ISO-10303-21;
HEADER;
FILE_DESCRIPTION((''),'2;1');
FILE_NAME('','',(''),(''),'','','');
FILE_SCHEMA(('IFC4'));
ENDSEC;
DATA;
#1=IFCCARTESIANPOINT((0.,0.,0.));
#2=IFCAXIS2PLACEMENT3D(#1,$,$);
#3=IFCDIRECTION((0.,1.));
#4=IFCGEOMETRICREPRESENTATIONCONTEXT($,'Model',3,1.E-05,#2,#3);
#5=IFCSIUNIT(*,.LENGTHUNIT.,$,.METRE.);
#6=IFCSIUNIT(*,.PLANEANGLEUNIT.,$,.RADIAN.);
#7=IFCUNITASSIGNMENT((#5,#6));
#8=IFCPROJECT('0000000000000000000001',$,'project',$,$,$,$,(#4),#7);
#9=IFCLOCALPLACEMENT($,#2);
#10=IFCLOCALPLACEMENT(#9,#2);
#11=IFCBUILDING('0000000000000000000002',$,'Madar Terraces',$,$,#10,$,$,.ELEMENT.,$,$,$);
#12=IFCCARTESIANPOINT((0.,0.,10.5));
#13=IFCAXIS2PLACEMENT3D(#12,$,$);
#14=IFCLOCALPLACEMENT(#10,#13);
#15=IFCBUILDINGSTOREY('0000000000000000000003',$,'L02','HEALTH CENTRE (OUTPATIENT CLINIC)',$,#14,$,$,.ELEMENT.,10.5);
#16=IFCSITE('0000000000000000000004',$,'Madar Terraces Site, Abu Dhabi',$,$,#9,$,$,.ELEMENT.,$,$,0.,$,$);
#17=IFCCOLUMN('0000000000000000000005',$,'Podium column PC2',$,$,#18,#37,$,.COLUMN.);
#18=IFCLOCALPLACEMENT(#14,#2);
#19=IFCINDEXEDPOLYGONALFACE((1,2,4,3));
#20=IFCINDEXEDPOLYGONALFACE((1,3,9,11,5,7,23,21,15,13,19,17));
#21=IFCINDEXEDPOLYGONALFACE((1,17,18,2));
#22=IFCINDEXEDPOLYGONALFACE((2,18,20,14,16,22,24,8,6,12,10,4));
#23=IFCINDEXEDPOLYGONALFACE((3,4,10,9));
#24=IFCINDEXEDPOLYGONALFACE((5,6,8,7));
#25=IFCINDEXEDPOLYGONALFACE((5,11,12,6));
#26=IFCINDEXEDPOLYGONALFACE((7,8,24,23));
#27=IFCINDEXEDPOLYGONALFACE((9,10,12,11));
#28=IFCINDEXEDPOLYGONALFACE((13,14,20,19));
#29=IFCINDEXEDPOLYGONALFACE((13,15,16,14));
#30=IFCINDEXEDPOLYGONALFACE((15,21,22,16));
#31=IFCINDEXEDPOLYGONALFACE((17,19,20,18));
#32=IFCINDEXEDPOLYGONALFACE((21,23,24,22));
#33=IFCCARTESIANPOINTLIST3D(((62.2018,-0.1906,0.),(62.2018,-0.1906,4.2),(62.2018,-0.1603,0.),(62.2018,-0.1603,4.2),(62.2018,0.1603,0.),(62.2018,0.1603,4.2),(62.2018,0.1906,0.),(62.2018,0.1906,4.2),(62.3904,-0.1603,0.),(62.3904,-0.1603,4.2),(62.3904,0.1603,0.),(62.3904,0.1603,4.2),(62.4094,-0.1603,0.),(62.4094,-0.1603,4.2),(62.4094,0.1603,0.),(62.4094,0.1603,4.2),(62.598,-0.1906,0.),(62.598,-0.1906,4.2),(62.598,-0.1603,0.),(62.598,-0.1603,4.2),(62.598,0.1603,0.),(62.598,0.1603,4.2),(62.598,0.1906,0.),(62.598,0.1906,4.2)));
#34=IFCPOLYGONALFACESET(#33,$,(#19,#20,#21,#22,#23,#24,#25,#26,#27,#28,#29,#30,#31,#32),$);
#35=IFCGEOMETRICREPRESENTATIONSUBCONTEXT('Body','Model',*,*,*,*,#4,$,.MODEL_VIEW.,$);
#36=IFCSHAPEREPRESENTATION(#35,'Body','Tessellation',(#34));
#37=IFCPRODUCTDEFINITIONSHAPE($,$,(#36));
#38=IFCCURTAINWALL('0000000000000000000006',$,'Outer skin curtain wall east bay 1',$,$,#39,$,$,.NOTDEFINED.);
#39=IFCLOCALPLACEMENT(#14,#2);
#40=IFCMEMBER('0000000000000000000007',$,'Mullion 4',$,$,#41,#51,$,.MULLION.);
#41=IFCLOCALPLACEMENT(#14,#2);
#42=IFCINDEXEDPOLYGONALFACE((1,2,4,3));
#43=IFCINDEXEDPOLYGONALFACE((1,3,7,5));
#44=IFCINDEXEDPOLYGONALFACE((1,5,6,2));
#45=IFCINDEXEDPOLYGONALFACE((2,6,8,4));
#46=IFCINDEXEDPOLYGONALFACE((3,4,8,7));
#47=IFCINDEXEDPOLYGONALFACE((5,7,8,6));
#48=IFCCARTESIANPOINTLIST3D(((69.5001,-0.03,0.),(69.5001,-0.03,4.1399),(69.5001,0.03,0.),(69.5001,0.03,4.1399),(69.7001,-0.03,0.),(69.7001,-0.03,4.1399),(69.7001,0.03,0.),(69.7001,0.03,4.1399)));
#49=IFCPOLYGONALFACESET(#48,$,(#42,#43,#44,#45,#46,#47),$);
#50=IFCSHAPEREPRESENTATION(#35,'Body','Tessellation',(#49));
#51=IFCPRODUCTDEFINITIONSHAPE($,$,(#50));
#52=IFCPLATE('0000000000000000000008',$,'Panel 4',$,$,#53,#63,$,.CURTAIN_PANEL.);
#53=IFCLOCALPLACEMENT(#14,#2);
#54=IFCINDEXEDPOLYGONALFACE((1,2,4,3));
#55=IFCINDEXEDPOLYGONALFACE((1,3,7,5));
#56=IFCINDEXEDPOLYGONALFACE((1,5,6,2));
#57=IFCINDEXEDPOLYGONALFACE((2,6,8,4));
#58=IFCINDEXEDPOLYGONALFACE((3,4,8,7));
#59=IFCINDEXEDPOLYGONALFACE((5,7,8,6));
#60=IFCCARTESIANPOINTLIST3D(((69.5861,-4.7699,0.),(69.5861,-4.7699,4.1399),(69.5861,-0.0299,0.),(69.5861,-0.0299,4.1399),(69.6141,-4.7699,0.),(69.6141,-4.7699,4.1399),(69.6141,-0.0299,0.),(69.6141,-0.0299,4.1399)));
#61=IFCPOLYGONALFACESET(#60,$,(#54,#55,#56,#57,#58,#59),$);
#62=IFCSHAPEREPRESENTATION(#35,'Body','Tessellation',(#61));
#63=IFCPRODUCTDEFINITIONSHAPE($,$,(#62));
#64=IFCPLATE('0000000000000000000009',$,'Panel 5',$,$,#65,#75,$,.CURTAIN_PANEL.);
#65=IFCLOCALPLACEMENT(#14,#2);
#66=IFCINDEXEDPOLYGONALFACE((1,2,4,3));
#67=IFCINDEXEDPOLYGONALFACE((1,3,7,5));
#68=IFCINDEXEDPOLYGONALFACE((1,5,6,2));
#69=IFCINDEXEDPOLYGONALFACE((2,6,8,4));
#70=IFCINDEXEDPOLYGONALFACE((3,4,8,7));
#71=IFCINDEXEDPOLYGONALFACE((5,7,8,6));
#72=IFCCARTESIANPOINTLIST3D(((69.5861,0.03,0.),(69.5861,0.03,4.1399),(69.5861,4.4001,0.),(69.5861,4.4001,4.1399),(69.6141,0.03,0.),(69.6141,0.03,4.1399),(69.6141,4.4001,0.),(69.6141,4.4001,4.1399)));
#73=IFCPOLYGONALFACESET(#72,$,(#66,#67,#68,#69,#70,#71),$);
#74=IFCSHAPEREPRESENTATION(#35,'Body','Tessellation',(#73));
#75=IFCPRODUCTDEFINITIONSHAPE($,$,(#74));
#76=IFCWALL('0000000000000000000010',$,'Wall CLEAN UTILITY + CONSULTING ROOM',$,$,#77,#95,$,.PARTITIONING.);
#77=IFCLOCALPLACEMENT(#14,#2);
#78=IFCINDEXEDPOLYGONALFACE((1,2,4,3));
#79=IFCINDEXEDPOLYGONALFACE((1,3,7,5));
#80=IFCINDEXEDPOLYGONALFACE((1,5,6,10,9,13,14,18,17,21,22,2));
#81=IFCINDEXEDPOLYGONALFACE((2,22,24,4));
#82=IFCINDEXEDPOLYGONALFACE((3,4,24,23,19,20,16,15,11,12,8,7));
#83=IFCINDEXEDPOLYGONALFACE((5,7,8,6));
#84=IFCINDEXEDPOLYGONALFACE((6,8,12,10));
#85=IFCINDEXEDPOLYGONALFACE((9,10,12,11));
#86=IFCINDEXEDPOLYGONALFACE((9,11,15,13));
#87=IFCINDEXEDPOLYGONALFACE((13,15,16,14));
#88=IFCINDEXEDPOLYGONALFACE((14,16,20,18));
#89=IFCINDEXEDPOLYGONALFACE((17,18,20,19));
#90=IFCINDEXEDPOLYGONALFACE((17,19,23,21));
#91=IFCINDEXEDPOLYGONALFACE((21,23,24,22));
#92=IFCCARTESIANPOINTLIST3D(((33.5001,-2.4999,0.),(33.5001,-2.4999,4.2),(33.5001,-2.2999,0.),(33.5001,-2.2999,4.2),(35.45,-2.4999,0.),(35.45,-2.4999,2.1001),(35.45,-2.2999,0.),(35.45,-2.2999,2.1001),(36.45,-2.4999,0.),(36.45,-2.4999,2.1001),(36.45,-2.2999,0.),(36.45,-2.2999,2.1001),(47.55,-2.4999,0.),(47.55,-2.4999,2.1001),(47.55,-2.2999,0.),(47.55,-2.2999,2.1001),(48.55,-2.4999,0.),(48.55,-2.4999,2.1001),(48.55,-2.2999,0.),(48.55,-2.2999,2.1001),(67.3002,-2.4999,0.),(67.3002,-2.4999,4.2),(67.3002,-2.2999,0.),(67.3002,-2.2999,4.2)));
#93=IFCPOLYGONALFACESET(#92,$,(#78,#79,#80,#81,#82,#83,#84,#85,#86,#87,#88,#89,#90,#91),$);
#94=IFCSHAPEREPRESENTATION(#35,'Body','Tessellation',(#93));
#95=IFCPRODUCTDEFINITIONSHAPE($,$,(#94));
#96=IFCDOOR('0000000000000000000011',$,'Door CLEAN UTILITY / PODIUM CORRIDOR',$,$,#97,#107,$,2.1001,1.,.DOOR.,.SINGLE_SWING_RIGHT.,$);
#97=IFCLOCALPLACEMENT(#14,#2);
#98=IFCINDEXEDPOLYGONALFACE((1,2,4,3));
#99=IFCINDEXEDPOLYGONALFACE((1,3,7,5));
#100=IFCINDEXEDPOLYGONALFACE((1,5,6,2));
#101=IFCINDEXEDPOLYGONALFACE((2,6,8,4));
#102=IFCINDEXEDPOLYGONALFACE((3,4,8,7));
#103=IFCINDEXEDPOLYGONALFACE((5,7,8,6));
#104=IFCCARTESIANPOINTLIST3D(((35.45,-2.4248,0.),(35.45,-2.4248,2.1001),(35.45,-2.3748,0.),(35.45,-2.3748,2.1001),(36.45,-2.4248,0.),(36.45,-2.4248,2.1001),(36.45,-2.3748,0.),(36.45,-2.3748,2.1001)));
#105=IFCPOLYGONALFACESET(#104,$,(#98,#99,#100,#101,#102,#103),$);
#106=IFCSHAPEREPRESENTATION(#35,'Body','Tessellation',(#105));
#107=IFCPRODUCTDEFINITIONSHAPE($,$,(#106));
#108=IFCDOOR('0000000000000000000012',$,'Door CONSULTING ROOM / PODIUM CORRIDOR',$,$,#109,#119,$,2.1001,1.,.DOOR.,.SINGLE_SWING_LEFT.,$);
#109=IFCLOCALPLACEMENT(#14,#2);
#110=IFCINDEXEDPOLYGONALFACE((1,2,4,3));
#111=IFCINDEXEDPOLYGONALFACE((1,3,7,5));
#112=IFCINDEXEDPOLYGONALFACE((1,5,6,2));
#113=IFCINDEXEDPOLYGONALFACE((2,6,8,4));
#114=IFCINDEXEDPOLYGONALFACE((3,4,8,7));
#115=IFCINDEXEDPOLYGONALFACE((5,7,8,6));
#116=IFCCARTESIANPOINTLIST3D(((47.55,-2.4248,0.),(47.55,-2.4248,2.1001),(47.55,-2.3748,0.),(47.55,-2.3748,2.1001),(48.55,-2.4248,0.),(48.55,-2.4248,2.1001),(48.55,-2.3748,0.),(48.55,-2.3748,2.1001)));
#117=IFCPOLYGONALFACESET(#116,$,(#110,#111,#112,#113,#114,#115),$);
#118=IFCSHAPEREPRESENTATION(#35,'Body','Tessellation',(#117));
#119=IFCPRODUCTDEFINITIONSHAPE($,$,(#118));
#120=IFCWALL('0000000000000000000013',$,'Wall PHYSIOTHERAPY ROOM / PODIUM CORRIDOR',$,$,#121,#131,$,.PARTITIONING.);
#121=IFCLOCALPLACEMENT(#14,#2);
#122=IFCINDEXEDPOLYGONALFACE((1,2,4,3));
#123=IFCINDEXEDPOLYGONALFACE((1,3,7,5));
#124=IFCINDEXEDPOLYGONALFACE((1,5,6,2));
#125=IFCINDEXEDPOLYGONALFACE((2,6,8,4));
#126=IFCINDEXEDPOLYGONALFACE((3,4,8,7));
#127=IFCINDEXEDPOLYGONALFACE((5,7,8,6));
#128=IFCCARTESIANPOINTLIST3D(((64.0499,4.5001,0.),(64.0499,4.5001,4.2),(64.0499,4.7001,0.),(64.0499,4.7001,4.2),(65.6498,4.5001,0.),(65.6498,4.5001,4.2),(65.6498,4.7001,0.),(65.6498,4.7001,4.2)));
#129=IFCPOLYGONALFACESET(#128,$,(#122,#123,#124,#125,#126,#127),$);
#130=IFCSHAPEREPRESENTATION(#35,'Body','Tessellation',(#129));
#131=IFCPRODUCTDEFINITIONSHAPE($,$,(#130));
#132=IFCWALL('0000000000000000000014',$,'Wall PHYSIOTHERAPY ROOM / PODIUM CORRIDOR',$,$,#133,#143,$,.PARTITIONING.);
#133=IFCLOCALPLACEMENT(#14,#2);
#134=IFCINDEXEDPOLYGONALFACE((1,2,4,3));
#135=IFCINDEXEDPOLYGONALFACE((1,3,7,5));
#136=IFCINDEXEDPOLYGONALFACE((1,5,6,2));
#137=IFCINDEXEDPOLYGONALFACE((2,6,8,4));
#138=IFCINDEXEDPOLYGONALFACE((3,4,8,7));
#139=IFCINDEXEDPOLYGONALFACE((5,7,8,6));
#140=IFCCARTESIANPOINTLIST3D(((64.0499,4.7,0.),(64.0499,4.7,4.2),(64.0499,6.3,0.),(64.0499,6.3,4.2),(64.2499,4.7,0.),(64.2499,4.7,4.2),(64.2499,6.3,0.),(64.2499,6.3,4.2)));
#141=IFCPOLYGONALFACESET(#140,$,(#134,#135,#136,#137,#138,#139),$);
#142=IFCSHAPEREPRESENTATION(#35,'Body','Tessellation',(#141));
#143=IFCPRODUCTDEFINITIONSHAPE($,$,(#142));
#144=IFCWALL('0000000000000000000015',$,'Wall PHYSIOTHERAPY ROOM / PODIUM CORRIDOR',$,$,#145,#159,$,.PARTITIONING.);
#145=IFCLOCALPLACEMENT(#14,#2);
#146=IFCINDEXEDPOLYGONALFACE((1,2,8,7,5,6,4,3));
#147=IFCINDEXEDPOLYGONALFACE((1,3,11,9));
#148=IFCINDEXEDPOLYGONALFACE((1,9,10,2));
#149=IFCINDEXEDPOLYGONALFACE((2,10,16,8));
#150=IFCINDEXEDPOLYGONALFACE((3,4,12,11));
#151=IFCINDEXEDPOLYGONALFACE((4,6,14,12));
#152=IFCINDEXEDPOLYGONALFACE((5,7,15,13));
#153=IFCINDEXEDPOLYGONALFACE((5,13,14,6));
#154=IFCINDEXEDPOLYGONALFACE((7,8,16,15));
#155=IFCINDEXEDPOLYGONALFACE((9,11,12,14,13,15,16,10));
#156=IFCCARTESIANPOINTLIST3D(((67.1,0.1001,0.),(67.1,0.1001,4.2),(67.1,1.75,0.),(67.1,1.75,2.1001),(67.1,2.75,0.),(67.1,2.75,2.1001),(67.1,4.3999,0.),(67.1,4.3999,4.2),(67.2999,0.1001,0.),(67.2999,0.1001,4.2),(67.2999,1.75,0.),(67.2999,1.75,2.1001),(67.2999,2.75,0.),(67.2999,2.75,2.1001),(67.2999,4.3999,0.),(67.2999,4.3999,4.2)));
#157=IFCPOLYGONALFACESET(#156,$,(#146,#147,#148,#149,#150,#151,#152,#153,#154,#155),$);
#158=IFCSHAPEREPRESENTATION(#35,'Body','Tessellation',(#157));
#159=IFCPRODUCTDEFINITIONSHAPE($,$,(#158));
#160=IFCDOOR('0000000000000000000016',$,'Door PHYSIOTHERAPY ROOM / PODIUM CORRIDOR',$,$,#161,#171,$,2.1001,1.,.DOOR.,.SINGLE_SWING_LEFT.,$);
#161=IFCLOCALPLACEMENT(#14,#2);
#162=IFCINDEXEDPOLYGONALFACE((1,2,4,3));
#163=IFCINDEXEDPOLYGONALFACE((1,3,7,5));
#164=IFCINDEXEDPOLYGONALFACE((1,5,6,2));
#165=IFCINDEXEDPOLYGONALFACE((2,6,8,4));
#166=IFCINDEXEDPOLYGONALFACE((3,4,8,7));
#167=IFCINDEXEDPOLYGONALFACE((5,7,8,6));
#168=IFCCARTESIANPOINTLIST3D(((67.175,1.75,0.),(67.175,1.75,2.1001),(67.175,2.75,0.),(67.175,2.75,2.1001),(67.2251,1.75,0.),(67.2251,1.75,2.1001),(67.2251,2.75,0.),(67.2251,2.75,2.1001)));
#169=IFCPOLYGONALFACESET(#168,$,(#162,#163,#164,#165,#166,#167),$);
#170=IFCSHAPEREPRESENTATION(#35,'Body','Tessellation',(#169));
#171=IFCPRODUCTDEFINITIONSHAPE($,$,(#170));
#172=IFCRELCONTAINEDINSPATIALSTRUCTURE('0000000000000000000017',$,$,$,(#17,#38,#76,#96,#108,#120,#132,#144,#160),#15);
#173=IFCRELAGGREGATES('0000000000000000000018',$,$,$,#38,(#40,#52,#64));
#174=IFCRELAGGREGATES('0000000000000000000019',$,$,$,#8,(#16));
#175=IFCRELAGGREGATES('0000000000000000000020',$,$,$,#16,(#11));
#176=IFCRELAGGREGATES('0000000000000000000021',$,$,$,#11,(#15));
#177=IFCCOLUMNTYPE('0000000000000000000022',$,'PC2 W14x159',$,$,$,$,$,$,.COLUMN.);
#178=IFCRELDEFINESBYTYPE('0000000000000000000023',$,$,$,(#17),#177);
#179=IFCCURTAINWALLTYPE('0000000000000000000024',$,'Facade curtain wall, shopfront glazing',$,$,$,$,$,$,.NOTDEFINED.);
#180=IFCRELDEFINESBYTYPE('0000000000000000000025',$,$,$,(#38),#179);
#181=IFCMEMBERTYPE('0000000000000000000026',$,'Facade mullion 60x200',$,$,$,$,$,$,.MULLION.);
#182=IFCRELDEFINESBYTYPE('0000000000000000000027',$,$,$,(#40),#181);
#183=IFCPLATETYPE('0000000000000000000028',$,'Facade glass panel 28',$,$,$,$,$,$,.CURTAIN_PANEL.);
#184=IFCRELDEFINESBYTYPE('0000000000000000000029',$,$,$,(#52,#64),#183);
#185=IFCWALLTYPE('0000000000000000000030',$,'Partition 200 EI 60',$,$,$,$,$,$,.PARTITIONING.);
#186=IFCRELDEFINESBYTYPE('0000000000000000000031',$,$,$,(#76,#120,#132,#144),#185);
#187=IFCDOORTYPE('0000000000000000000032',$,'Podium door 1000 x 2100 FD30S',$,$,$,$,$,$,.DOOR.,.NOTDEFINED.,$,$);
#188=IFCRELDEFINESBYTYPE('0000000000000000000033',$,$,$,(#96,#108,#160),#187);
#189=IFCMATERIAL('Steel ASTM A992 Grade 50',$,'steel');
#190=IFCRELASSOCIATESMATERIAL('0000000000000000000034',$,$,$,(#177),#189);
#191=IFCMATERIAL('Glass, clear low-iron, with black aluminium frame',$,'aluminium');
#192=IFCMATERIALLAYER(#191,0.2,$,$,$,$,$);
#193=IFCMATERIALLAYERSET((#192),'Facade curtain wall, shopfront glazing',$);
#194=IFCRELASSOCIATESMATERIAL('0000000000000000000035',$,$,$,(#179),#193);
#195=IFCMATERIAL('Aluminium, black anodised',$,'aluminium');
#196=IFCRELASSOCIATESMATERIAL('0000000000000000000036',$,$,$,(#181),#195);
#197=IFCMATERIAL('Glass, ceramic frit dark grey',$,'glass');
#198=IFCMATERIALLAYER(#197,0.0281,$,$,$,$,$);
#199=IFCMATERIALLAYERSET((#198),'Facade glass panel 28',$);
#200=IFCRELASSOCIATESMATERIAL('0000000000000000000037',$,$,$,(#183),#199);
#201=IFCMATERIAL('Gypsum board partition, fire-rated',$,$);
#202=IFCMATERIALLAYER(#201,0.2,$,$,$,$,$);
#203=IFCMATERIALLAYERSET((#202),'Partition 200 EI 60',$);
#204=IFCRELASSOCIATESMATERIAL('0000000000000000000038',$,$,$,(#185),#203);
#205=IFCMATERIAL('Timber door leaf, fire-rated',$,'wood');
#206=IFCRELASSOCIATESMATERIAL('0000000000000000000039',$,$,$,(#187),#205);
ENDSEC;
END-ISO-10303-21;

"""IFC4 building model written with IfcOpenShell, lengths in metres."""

from ifc_helpers import new_model, si_unit, direction, frame, frame_2d, origin, origin_2d, place, context, subcontext, project, spatial, rectangle, i_section, extrude, material, layer, layer_set, material_profile, profile_set, type_object, element, fill, aggregate, save


model = new_model("IFC4")

# Units and contexts
model_context = context("Model", 3, precision=1e-05, world=origin(), true_north=direction((0.0, 1.0)))
body_context = subcontext(model_context, "Body", "Model", "MODEL_VIEW")
ifc_project = project(units=[si_unit("LENGTHUNIT", "METRE"), si_unit("PLANEANGLEUNIT", "RADIAN")], contexts=[model_context])

# Site, building, storey
site_placement = place(None, origin())
site = spatial("IfcSite", under=ifc_project, at=site_placement, Name="Madar Terraces Site, Abu Dhabi", CompositionType="ELEMENT", RefElevation=0.0)
building_placement = place(site_placement, origin())
building = spatial("IfcBuilding", under=site, at=building_placement, Name="Madar Terraces", CompositionType="ELEMENT")
storey_placement = place(building_placement, frame((0.0, 0.0, 10.5)))
storey = spatial("IfcBuildingStorey", under=building, at=storey_placement, Name="L02", Description="HEALTH CENTRE (OUTPATIENT CLINIC)", CompositionType="ELEMENT", Elevation=10.5)

# Column
ifc_material_1 = material(Name="Steel ASTM A992 Grade 50", Category="steel")
ifc_material_profile_1 = material_profile(ifc_material_1, i_section(OverallWidth=0.3962, OverallDepth=0.3811, WebThickness=0.019, FlangeThickness=0.0303, at=origin_2d()), Name="W14x159")
ifc_profile_set_1 = profile_set([ifc_material_profile_1], Name="Steel ASTM A992 Grade 50")
column_type = type_object("IfcColumnType", Name="PC2 W14x159", PredefinedType="COLUMN", material=ifc_profile_set_1)
column_placement = place(storey_placement, frame((62.3999, 0.0, 0.0), z_axis=(0.0, 0.0, 1.0), x_axis=(1.0, 0.0, 0.0)))
element("IfcColumn", 1, at=column_placement, inside=storey, type_object=column_type, Name="Podium column PC2", PredefinedType="COLUMN", context=body_context, shape_type="SweptSolid", body=[
    extrude(i_section(OverallWidth=0.3962, OverallDepth=0.3811, WebThickness=0.019, FlangeThickness=0.0303, at=origin_2d()), origin(), (0.0, 0.0, 1.0), 4.2),
])

# Curtain wall, member, plates
ifc_material_2 = material(Name="Glass, clear low-iron, with black aluminium frame", Category="aluminium")
ifc_layer_1 = layer(ifc_material_2, 0.2)
ifc_layer_set_1 = layer_set([ifc_layer_1], Name="Facade curtain wall, shopfront glazing")
curtain_wall_type = type_object("IfcCurtainWallType", Name="Facade curtain wall, shopfront glazing", PredefinedType="NOTDEFINED", material=ifc_layer_set_1)
curtain_wall_placement = place(storey_placement, origin())
curtain_wall = element("IfcCurtainWall", 2, at=curtain_wall_placement, inside=storey, type_object=curtain_wall_type, Name="Outer skin curtain wall east bay 1", PredefinedType="NOTDEFINED")
ifc_material_3 = material(Name="Aluminium, black anodised", Category="aluminium")
ifc_material_profile_2 = material_profile(ifc_material_3, rectangle(XDim=0.2, YDim=0.0601, at=origin_2d()), Name="Facade mullion 60x200")
ifc_profile_set_2 = profile_set([ifc_material_profile_2], Name="Aluminium, black anodised")
member_type = type_object("IfcMemberType", Name="Facade mullion 60x200", PredefinedType="MULLION", material=ifc_profile_set_2)
member_placement = place(storey_placement, frame((69.6001, 0.0, 0.0), z_axis=(0.0, 0.0, 1.0), x_axis=(-1.0, 0.0, 0.0)))
member = element("IfcMember", 3, at=member_placement, type_object=member_type, Name="Mullion 4", PredefinedType="MULLION", context=body_context, shape_type="SweptSolid", body=[
    extrude(rectangle(XDim=0.2, YDim=0.0601, at=origin_2d()), origin(), (0.0, 0.0, 1.0), 4.1399),
])
ifc_material_4 = material(Name="Glass, ceramic frit dark grey", Category="glass")
ifc_layer_2 = layer(ifc_material_4, 0.0281)
ifc_layer_set_2 = layer_set([ifc_layer_2], Name="Facade glass panel 28")
plate_type = type_object("IfcPlateType", Name="Facade glass panel 28", PredefinedType="CURTAIN_PANEL", material=ifc_layer_set_2)
plate_1_placement = place(storey_placement, frame((69.6001, -2.3999, 0.0), z_axis=(0.0, 0.0, 1.0), x_axis=(0.0, 1.0, 0.0)))
plate_1 = element("IfcPlate", 4, at=plate_1_placement, type_object=plate_type, Name="Panel 4", PredefinedType="CURTAIN_PANEL", context=body_context, shape_type="SweptSolid", body=[
    extrude(rectangle(XDim=4.74, YDim=0.0281, at=origin_2d()), origin(), (0.0, 0.0, 1.0), 4.1399),
])
plate_2_placement = place(storey_placement, frame((69.6001, 2.2151, 0.0), z_axis=(0.0, 0.0, 1.0), x_axis=(0.0, 1.0, 0.0)))
plate_2 = element("IfcPlate", 5, at=plate_2_placement, type_object=plate_type, Name="Panel 5", PredefinedType="CURTAIN_PANEL", context=body_context, shape_type="SweptSolid", body=[
    extrude(rectangle(XDim=4.3701, YDim=0.0281, at=origin_2d()), origin(), (0.0, 0.0, 1.0), 4.1399),
])
aggregate(curtain_wall, [member, plate_1, plate_2])

# Wall, openings, doors
ifc_material_5 = material(Name="Gypsum board partition, fire-rated")
ifc_layer_3 = layer(ifc_material_5, 0.2)
ifc_layer_set_3 = layer_set([ifc_layer_3], Name="Partition 200 EI 60")
wall_type_1 = type_object("IfcWallType", Name="Partition 200 EI 60", PredefinedType="PARTITIONING", material=ifc_layer_set_3)
wall_1_placement = place(storey_placement, frame((67.3, -2.3999, 0.0), z_axis=(0.0, 0.0, 1.0), x_axis=(-1.0, 0.0, 0.0)))
wall_1 = element("IfcWall", 6, at=wall_1_placement, inside=storey, type_object=wall_type_1, Name="Wall CLEAN UTILITY + CONSULTING ROOM", PredefinedType="PARTITIONING", context=body_context, shape_type="SweptSolid", body=[
    extrude(rectangle(XDim=33.8, YDim=0.2, at=frame_2d((16.8999, 0.0))), origin(), (0.0, 0.0, 1.0), 4.2),
])
opening_1_placement = place(wall_1_placement, frame((30.8501, 0.0, 0.0)))
opening_1 = element("IfcOpeningElement", 7, at=opening_1_placement, cuts=wall_1, PredefinedType="OPENING", context=body_context, shape_type="SweptSolid", body=[
    extrude(rectangle(XDim=1.0, YDim=2.1001, at=frame_2d((0.5, 1.05))), frame((0.0, 0.1099, 0.0), z_axis=(0.0, -1.0, 0.0), x_axis=(1.0, 0.0, 0.0)), (0.0, 0.0, 1.0), 0.22),
])
opening_2_placement = place(wall_1_placement, frame((18.75, 0.0, 0.0)))
opening_2 = element("IfcOpeningElement", 8, at=opening_2_placement, cuts=wall_1, PredefinedType="OPENING", context=body_context, shape_type="SweptSolid", body=[
    extrude(rectangle(XDim=1.0, YDim=2.1001, at=frame_2d((0.5, 1.05))), frame((0.0, 0.1099, 0.0), z_axis=(0.0, -1.0, 0.0), x_axis=(1.0, 0.0, 0.0)), (0.0, 0.0, 1.0), 0.22),
])
ifc_material_6 = material(Name="Timber door leaf, fire-rated", Category="wood")
door_type_1 = type_object("IfcDoorType", Name="Podium door 1000 x 2100 FD30S", OperationType="NOTDEFINED", PredefinedType="DOOR", material=ifc_material_6)
door_1_placement = place(opening_1_placement, origin())
door_1 = element("IfcDoor", 9, at=door_1_placement, inside=storey, type_object=door_type_1, Name="Door CLEAN UTILITY / PODIUM CORRIDOR", OperationType="SINGLE_SWING_RIGHT", OverallHeight=2.1001, OverallWidth=1.0, PredefinedType="DOOR", context=body_context, shape_type="SweptSolid", body=[
    extrude(rectangle(XDim=1.0, YDim=2.1001, at=frame_2d((0.5, 1.05))), frame((0.0, 0.0249, 0.0), z_axis=(0.0, -1.0, 0.0), x_axis=(1.0, 0.0, 0.0)), (0.0, 0.0, 1.0), 0.05),
])
fill(opening_1, door_1)
door_2_placement = place(opening_2_placement, origin())
door_2 = element("IfcDoor", 10, at=door_2_placement, inside=storey, type_object=door_type_1, Name="Door CONSULTING ROOM / PODIUM CORRIDOR", OperationType="SINGLE_SWING_LEFT", OverallHeight=2.1001, OverallWidth=1.0, PredefinedType="DOOR", context=body_context, shape_type="SweptSolid", body=[
    extrude(rectangle(XDim=1.0, YDim=2.1001, at=frame_2d((0.5, 1.05))), frame((0.0, 0.0249, 0.0), z_axis=(0.0, -1.0, 0.0), x_axis=(1.0, 0.0, 0.0)), (0.0, 0.0, 1.0), 0.05),
])
fill(opening_2, door_2)

# Walls
wall_2_placement = place(storey_placement, frame((64.05, 4.6001, 0.0), z_axis=(0.0, 0.0, 1.0), x_axis=(1.0, 0.0, 0.0)))
element("IfcWall", 11, at=wall_2_placement, inside=storey, type_object=wall_type_1, Name="Wall PHYSIOTHERAPY ROOM / PODIUM CORRIDOR", PredefinedType="PARTITIONING", context=body_context, shape_type="SweptSolid", body=[
    extrude(rectangle(XDim=1.5999, YDim=0.2, at=frame_2d((0.7998, 0.0))), origin(), (0.0, 0.0, 1.0), 4.2),
])
wall_3_placement = place(storey_placement, frame((64.1499, 4.7, 0.0), z_axis=(0.0, 0.0, 1.0), x_axis=(0.0, 1.0, 0.0)))
element("IfcWall", 12, at=wall_3_placement, inside=storey, type_object=wall_type_1, Name="Wall PHYSIOTHERAPY ROOM / PODIUM CORRIDOR", PredefinedType="PARTITIONING", context=body_context, shape_type="SweptSolid", body=[
    extrude(rectangle(XDim=1.6001, YDim=0.2, at=frame_2d((0.8, 0.0))), origin(), (0.0, 0.0, 1.0), 4.2),
])

# Wall, opening, door
wall_4_placement = place(storey_placement, frame((67.2, 0.1001, 0.0), z_axis=(0.0, 0.0, 1.0), x_axis=(0.0, 1.0, 0.0)))
wall_4 = element("IfcWall", 13, at=wall_4_placement, inside=storey, type_object=wall_type_1, Name="Wall PHYSIOTHERAPY ROOM / PODIUM CORRIDOR", PredefinedType="PARTITIONING", context=body_context, shape_type="SweptSolid", body=[
    extrude(rectangle(XDim=4.2998, YDim=0.2, at=frame_2d((2.1499, 0.0))), origin(), (0.0, 0.0, 1.0), 4.2),
])
opening_3_placement = place(wall_4_placement, frame((1.6499, 0.0, 0.0)))
opening_3 = element("IfcOpeningElement", 14, at=opening_3_placement, cuts=wall_4, PredefinedType="OPENING", context=body_context, shape_type="SweptSolid", body=[
    extrude(rectangle(XDim=1.0, YDim=2.1001, at=frame_2d((0.5, 1.05))), frame((0.0, 0.1099, 0.0), z_axis=(0.0, -1.0, 0.0), x_axis=(1.0, 0.0, 0.0)), (0.0, 0.0, 1.0), 0.22),
])
door_3_placement = place(opening_3_placement, origin())
door_3 = element("IfcDoor", 15, at=door_3_placement, inside=storey, type_object=door_type_1, Name="Door PHYSIOTHERAPY ROOM / PODIUM CORRIDOR", OperationType="SINGLE_SWING_LEFT", OverallHeight=2.1001, OverallWidth=1.0, PredefinedType="DOOR", context=body_context, shape_type="SweptSolid", body=[
    extrude(rectangle(XDim=1.0, YDim=2.1001, at=frame_2d((0.5, 1.05))), frame((0.0, 0.0249, 0.0), z_axis=(0.0, -1.0, 0.0), x_axis=(1.0, 0.0, 0.0)), (0.0, 0.0, 1.0), 0.05),
])
fill(opening_3, door_3)

save(model, "model.ifc")
